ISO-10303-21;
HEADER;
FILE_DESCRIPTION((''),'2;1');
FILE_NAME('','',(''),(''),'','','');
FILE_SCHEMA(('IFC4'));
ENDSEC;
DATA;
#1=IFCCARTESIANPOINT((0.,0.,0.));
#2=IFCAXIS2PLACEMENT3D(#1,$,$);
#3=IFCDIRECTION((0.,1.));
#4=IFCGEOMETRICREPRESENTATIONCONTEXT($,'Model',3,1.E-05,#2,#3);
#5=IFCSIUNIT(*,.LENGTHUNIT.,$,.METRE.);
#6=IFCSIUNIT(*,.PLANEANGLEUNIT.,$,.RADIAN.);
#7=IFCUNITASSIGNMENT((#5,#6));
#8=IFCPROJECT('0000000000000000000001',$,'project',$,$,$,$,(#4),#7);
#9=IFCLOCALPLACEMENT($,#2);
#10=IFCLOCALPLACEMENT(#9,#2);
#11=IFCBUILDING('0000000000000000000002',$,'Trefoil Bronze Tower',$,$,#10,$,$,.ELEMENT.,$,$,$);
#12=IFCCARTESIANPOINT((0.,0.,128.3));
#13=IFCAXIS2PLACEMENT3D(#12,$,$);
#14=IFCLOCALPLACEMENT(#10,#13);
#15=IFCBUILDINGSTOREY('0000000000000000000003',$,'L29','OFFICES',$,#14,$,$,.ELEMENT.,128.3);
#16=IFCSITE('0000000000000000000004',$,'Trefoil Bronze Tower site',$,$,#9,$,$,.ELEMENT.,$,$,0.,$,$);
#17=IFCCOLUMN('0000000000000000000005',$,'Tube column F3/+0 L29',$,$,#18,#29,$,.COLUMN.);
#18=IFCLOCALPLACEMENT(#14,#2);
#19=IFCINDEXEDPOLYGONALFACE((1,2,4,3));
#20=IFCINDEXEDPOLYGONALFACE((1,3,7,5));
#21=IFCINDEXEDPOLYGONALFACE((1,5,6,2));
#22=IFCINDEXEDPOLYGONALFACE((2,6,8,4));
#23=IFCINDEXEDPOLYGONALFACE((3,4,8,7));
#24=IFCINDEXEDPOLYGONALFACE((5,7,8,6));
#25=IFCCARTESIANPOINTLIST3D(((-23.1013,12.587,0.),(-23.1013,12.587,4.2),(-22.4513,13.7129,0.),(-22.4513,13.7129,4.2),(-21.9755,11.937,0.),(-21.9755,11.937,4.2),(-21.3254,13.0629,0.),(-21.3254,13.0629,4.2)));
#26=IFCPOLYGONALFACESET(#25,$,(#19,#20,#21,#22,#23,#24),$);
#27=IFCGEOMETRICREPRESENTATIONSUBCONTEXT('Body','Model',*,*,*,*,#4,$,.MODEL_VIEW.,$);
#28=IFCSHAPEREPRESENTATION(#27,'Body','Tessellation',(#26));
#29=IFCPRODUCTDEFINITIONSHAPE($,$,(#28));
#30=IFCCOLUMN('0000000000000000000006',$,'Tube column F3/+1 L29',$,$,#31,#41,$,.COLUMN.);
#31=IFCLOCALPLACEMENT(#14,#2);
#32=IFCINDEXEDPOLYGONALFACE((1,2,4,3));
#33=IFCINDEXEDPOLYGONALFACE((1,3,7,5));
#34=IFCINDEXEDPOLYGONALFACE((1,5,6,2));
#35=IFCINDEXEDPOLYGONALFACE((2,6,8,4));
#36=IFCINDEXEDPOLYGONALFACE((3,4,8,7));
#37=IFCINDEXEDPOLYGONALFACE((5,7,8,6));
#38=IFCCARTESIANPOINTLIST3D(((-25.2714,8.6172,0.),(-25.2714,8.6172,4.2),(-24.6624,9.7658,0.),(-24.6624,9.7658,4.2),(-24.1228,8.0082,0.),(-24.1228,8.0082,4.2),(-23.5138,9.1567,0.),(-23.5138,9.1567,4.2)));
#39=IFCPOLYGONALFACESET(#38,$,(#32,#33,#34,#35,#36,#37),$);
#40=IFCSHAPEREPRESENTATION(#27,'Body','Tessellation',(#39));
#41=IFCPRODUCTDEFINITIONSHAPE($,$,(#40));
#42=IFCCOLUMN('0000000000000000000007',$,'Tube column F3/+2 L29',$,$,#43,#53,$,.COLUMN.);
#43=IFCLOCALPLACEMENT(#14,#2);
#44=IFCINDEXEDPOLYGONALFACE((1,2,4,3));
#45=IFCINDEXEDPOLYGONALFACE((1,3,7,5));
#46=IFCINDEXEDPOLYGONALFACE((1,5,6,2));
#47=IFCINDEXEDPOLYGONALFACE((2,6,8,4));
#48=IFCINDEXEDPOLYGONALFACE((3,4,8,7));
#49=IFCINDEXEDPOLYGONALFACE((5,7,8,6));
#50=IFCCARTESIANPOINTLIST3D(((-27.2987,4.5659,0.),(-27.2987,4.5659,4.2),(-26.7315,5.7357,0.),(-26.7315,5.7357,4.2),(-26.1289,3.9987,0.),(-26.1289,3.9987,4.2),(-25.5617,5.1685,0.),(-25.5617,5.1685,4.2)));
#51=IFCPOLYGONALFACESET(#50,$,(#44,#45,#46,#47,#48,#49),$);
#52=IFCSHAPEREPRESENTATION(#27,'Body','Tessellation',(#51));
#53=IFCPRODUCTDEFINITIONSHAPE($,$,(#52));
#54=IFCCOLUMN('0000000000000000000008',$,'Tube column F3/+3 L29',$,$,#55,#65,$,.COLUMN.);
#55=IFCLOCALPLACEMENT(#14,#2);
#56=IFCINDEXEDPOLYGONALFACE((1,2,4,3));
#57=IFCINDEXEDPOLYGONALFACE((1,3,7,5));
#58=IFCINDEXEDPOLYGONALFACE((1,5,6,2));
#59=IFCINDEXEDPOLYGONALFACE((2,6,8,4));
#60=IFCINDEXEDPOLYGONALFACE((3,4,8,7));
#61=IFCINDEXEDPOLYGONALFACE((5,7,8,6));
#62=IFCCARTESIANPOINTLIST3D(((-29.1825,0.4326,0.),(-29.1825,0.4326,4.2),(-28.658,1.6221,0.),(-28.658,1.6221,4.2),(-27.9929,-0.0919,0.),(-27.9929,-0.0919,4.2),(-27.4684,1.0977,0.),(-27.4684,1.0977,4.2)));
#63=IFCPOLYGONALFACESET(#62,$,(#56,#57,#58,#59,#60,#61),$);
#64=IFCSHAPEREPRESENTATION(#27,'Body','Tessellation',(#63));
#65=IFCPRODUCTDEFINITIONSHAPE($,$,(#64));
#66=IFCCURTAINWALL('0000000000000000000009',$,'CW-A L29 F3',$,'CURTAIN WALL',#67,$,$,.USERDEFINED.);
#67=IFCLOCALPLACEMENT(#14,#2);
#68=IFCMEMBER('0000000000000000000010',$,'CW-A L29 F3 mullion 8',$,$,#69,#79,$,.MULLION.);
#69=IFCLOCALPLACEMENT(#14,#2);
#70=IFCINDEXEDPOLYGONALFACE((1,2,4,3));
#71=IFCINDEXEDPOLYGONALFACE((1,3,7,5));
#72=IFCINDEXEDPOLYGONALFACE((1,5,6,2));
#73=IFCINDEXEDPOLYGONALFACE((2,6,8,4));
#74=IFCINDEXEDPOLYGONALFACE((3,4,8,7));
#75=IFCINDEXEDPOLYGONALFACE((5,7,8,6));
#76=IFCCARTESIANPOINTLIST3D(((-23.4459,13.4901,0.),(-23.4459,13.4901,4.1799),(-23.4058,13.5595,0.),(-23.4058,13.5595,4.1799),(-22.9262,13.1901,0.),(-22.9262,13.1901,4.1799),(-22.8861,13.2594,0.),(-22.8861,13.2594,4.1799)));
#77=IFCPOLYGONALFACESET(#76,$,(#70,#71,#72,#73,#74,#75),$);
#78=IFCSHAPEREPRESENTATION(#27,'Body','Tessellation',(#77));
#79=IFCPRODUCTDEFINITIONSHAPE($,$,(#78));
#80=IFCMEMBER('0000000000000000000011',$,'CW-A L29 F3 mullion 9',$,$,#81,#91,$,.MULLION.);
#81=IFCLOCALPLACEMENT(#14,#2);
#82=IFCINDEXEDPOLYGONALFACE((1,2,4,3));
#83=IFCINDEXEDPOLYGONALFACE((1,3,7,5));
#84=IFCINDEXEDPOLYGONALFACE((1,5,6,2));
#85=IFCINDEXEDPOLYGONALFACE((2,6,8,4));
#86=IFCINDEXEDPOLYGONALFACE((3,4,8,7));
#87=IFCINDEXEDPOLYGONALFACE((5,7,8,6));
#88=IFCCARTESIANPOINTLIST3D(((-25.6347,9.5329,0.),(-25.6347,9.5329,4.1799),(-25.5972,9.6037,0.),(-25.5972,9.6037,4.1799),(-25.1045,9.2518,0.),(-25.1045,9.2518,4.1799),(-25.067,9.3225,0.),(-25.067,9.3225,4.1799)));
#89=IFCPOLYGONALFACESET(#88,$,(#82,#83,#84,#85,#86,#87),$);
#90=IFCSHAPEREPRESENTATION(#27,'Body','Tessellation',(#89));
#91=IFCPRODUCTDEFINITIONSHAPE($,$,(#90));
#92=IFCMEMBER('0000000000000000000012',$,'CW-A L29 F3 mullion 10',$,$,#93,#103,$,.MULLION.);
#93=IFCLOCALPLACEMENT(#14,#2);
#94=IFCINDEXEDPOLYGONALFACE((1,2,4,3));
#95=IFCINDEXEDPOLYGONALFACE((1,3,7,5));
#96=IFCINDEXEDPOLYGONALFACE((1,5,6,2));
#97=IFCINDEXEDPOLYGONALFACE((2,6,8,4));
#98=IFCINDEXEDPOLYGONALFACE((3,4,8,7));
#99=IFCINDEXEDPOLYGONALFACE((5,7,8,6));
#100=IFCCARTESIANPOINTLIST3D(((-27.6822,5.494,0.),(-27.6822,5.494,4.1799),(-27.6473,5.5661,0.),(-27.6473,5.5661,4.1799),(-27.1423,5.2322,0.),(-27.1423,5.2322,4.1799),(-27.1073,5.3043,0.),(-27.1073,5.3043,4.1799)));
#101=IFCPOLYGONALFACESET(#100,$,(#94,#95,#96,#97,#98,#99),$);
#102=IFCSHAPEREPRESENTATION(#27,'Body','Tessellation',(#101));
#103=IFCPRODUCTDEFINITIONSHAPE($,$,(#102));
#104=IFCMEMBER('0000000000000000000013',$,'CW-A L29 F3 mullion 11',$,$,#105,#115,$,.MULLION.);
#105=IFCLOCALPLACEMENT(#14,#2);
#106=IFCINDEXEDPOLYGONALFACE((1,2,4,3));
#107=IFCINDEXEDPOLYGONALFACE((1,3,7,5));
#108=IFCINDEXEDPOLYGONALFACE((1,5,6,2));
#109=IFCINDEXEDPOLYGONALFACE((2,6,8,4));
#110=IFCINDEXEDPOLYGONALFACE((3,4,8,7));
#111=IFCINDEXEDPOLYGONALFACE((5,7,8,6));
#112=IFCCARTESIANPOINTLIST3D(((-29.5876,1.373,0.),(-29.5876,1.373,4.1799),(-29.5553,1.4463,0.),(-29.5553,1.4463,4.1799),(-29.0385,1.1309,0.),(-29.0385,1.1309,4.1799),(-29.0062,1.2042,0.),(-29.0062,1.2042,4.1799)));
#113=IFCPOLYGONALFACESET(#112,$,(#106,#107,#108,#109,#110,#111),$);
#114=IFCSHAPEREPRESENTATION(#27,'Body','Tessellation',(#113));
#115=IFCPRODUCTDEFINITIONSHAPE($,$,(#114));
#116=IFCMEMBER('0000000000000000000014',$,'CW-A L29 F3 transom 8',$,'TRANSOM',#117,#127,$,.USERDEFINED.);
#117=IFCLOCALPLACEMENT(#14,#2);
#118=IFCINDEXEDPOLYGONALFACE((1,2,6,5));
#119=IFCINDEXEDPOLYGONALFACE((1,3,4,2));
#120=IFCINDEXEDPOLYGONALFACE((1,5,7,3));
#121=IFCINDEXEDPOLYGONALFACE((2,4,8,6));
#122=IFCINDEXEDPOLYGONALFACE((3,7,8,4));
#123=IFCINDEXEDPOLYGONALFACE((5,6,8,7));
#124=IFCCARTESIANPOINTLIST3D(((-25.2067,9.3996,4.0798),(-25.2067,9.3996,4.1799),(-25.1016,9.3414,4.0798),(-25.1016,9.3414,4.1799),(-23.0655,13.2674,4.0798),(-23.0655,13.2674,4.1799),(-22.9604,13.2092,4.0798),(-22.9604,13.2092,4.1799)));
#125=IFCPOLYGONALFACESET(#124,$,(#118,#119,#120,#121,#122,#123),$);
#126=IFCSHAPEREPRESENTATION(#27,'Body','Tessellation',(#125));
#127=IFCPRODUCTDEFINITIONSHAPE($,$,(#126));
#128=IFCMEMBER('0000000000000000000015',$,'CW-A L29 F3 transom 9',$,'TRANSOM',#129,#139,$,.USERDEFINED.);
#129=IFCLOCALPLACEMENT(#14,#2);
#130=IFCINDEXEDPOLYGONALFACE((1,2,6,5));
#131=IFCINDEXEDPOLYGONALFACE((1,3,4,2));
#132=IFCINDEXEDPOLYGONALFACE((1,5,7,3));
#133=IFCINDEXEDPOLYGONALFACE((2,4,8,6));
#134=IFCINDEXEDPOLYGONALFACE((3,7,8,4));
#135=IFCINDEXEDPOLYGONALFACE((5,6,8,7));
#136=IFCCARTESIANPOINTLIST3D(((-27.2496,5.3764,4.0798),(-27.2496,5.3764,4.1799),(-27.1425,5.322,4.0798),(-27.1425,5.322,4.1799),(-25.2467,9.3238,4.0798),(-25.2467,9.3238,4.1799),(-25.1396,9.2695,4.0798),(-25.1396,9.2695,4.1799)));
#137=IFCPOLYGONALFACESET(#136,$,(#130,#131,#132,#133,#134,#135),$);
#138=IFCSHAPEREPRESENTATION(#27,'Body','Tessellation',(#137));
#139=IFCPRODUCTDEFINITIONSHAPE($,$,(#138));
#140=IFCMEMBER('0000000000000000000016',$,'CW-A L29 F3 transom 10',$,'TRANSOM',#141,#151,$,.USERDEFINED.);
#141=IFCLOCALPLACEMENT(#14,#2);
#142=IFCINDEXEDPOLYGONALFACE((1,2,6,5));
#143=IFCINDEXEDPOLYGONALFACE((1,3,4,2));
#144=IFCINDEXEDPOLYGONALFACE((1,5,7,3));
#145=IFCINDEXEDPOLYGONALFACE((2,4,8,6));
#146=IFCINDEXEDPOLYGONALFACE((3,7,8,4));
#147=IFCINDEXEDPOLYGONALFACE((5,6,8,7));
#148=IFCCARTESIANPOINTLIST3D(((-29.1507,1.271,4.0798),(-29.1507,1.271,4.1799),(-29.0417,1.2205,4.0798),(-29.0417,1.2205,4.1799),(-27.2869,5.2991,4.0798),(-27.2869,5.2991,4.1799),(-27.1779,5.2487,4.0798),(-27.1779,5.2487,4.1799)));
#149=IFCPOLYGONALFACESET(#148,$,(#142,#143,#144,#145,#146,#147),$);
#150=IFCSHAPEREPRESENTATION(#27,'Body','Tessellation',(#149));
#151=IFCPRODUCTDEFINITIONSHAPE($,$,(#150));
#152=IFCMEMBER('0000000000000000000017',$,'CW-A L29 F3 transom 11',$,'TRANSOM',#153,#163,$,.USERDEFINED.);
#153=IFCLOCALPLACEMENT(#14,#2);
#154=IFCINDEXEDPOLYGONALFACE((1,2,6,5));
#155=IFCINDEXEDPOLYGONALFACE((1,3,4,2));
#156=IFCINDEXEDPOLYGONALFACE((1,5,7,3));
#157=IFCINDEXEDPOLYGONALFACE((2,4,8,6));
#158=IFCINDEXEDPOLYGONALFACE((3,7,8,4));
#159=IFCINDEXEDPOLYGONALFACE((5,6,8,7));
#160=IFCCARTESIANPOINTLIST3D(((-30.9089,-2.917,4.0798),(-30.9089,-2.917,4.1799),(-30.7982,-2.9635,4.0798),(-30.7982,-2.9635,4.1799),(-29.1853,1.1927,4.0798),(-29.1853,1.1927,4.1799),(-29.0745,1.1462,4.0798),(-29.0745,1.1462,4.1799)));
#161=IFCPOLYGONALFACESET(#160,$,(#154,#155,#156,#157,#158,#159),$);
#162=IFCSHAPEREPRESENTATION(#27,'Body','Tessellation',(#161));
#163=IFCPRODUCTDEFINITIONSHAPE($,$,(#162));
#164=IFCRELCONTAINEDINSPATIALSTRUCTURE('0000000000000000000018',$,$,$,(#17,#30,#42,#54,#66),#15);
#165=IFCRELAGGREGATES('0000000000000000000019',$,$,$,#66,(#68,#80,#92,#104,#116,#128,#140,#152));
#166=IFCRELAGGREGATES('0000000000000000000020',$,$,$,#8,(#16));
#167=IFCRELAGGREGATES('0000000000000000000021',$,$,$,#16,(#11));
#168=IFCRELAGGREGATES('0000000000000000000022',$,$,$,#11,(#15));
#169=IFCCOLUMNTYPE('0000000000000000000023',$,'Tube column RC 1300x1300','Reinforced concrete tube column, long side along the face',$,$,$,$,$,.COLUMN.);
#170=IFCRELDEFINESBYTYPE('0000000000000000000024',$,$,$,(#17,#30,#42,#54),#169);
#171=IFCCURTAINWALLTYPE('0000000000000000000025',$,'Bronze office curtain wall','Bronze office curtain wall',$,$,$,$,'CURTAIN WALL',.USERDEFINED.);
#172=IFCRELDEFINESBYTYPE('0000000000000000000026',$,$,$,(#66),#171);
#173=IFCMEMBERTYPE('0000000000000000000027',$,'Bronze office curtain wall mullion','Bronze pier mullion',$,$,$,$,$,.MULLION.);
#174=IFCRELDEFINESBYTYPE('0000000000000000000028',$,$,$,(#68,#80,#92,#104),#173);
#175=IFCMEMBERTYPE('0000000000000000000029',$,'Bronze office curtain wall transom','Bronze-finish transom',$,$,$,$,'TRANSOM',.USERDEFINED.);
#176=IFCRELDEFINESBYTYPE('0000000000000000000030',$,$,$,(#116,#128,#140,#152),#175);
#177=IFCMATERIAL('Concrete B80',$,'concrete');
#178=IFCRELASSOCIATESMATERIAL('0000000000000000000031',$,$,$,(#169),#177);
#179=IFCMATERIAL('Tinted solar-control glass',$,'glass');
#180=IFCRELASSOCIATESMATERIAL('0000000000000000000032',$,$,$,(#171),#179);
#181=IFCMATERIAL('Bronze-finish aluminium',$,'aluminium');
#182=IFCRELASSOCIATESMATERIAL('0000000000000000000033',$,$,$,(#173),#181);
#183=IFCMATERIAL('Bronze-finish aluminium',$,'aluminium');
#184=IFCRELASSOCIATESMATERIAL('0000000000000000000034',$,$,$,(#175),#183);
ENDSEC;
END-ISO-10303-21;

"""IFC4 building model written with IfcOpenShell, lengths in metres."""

from ifc_helpers import new_model, si_unit, direction, frame, origin, origin_2d, place, context, subcontext, project, spatial, rectangle, extrude, material, material_profile, profile_set, type_object, element, aggregate, save


model = new_model("IFC4")

# Units and contexts
model_context = context("Model", 3, precision=1e-05, world=origin(), true_north=direction((0.0, 1.0)))
body_context = subcontext(model_context, "Body", "Model", "MODEL_VIEW")
ifc_project = project(units=[si_unit("LENGTHUNIT", "METRE"), si_unit("PLANEANGLEUNIT", "RADIAN")], contexts=[model_context])

# Site, building, storey
site_placement = place(None, origin())
site = spatial("IfcSite", under=ifc_project, at=site_placement, Name="Trefoil Bronze Tower site", CompositionType="ELEMENT", RefElevation=0.0)
building_placement = place(site_placement, origin())
building = spatial("IfcBuilding", under=site, at=building_placement, Name="Trefoil Bronze Tower", CompositionType="ELEMENT")
storey_placement = place(building_placement, frame((0.0, 0.0, 128.3)))
storey = spatial("IfcBuildingStorey", under=building, at=storey_placement, Name="L29", Description="OFFICES", CompositionType="ELEMENT", Elevation=128.3)

# Columns
ifc_material_1 = material(Name="Concrete B80", Category="concrete")
ifc_material_profile_1 = material_profile(ifc_material_1, rectangle(XDim=1.3, YDim=1.3, at=origin_2d()), Name="RC 1300x1300")
ifc_profile_set_1 = profile_set([ifc_material_profile_1], Name="Concrete B80")
column_type = type_object("IfcColumnType", Name="Tube column RC 1300x1300", Description="Reinforced concrete tube column, long side along the face", PredefinedType="COLUMN", material=ifc_profile_set_1)
for number, where, z_axis, x_axis, name in (
    (1, (-22.2134, 12.825, 0.0), (0.0, 0.0, 1.0), (-0.5, -0.866025, 0.0), "Tube column F3/+0 L29"),
    (2, (-24.3926, 8.887, 0.0), (0.0, 0.0, 1.0), (-0.468457, -0.883486, 0.0), "Tube column F3/+1 L29"),
    (3, (-26.4302, 4.8672, 0.0), (0.0, 0.0, 1.0), (-0.436262, -0.89982, 0.0), "Tube column F3/+2 L29"),
    (4, (-28.3254, 0.7651, 0.0), (0.0, 0.0, 1.0), (-0.403412, -0.915018, 0.0), "Tube column F3/+3 L29"),
):
    element("IfcColumn", number, at=place(storey_placement, frame(where, z_axis=z_axis, x_axis=x_axis)), inside=storey, type_object=column_type, Name=name, PredefinedType="COLUMN", context=body_context, shape_type="SweptSolid", body=[
        extrude(rectangle(XDim=1.3, YDim=1.3, at=origin_2d()), origin(), (0.0, 0.0, 1.0), 4.2),
    ])

# Curtain wall, members
ifc_material_2 = material(Name="Tinted solar-control glass", Category="glass")
curtain_wall_type = type_object("IfcCurtainWallType", Name="Bronze office curtain wall", Description="Bronze office curtain wall", ElementType="CURTAIN WALL", PredefinedType="USERDEFINED", material=ifc_material_2)
curtain_wall_placement = place(storey_placement, origin())
curtain_wall = element("IfcCurtainWall", 5, at=curtain_wall_placement, inside=storey, type_object=curtain_wall_type, Name="CW-A L29 F3", ObjectType="CURTAIN WALL", PredefinedType="USERDEFINED")
ifc_material_3 = material(Name="Bronze-finish aluminium", Category="aluminium")
ifc_material_profile_2 = material_profile(ifc_material_3, rectangle(XDim=0.6001, YDim=0.0801, at=origin_2d()), Name="CW-A mullion")
ifc_profile_set_2 = profile_set([ifc_material_profile_2], Name="Bronze-finish aluminium")
member_type_1 = type_object("IfcMemberType", Name="Bronze office curtain wall mullion", Description="Bronze pier mullion", PredefinedType="MULLION", material=ifc_profile_set_2)
member_1_placement = place(storey_placement, frame((-23.166, 13.3748, 0.0), z_axis=(0.0, 0.0, 1.0), x_axis=(0.866025, -0.5, 0.0)))
member_1 = element("IfcMember", 6, at=member_1_placement, type_object=member_type_1, Name="CW-A L29 F3 mullion 8", PredefinedType="MULLION", context=body_context, shape_type="SweptSolid", body=[
    extrude(rectangle(XDim=0.6001, YDim=0.0801, at=origin_2d()), origin(), (0.0, 0.0, 1.0), 4.1799),
])
member_2_placement = place(storey_placement, frame((-25.3508, 9.4277, 0.0), z_axis=(0.0, 0.0, 1.0), x_axis=(0.883486, -0.468457, 0.0)))
member_2 = element("IfcMember", 7, at=member_2_placement, type_object=member_type_1, Name="CW-A L29 F3 mullion 9", PredefinedType="MULLION", context=body_context, shape_type="SweptSolid", body=[
    extrude(rectangle(XDim=0.6001, YDim=0.0801, at=origin_2d()), origin(), (0.0, 0.0, 1.0), 4.1799),
])
member_3_placement = place(storey_placement, frame((-27.3948, 5.3992, 0.0), z_axis=(0.0, 0.0, 1.0), x_axis=(0.89982, -0.436262, 0.0)))
member_3 = element("IfcMember", 8, at=member_3_placement, type_object=member_type_1, Name="CW-A L29 F3 mullion 10", PredefinedType="MULLION", context=body_context, shape_type="SweptSolid", body=[
    extrude(rectangle(XDim=0.6001, YDim=0.0801, at=origin_2d()), origin(), (0.0, 0.0, 1.0), 4.1799),
])
member_4_placement = place(storey_placement, frame((-29.2969, 1.2886, 0.0), z_axis=(0.0, 0.0, 1.0), x_axis=(0.915018, -0.403412, 0.0)))
member_4 = element("IfcMember", 9, at=member_4_placement, type_object=member_type_1, Name="CW-A L29 F3 mullion 11", PredefinedType="MULLION", context=body_context, shape_type="SweptSolid", body=[
    extrude(rectangle(XDim=0.6001, YDim=0.0801, at=origin_2d()), origin(), (0.0, 0.0, 1.0), 4.1799),
])
ifc_material_4 = material(Name="Bronze-finish aluminium", Category="aluminium")
ifc_material_profile_3 = material_profile(ifc_material_4, rectangle(XDim=0.1201, YDim=0.1001, at=origin_2d()), Name="CW-A transom")
ifc_profile_set_3 = profile_set([ifc_material_profile_3], Name="Bronze-finish aluminium")
member_type_2 = type_object("IfcMemberType", Name="Bronze office curtain wall transom", Description="Bronze-finish transom", ElementType="TRANSOM", PredefinedType="USERDEFINED", material=ifc_profile_set_3)
member_5_placement = place(storey_placement, frame((-23.0129, 13.2383, 4.1299), z_axis=(-0.484329, -0.874886, 0.0), x_axis=(0.874886, -0.484329, 0.0)))
member_5 = element("IfcMember", 10, at=member_5_placement, type_object=member_type_2, Name="CW-A L29 F3 transom 8", ObjectType="TRANSOM", PredefinedType="USERDEFINED", context=body_context, shape_type="SweptSolid", body=[
    extrude(rectangle(XDim=0.1201, YDim=0.1001, at=origin_2d()), origin(), (0.0, 0.0, 1.0), 4.4209),
])
member_6_placement = place(storey_placement, frame((-25.1931, 9.2966, 4.1299), z_axis=(-0.452478, -0.891775, 0.0), x_axis=(0.891775, -0.452478, 0.0)))
member_6 = element("IfcMember", 11, at=member_6_placement, type_object=member_type_2, Name="CW-A L29 F3 transom 9", ObjectType="TRANSOM", PredefinedType="USERDEFINED", context=body_context, shape_type="SweptSolid", body=[
    extrude(rectangle(XDim=0.1201, YDim=0.1001, at=origin_2d()), origin(), (0.0, 0.0, 1.0), 4.4265),
])
member_7_placement = place(storey_placement, frame((-27.2324, 5.2739, 4.1299), z_axis=(-0.419923, -0.90756, 0.0), x_axis=(0.90756, -0.419923, 0.0)))
member_7 = element("IfcMember", 12, at=member_7_placement, type_object=member_type_2, Name="CW-A L29 F3 transom 10", ObjectType="TRANSOM", PredefinedType="USERDEFINED", context=body_context, shape_type="SweptSolid", body=[
    extrude(rectangle(XDim=0.1201, YDim=0.1001, at=origin_2d()), origin(), (0.0, 0.0, 1.0), 4.4385),
])
member_8_placement = place(storey_placement, frame((-29.1299, 1.1694, 4.1299), z_axis=(-0.386773, -0.922175, 0.0), x_axis=(0.922175, -0.386773, 0.0)))
member_8 = element("IfcMember", 13, at=member_8_placement, type_object=member_type_2, Name="CW-A L29 F3 transom 11", ObjectType="TRANSOM", PredefinedType="USERDEFINED", context=body_context, shape_type="SweptSolid", body=[
    extrude(rectangle(XDim=0.1201, YDim=0.1001, at=origin_2d()), origin(), (0.0, 0.0, 1.0), 4.4565),
])

aggregate(curtain_wall, [member_1, member_2, member_3, member_4, member_5, member_6, member_7, member_8])

save(model, "model.ifc")
